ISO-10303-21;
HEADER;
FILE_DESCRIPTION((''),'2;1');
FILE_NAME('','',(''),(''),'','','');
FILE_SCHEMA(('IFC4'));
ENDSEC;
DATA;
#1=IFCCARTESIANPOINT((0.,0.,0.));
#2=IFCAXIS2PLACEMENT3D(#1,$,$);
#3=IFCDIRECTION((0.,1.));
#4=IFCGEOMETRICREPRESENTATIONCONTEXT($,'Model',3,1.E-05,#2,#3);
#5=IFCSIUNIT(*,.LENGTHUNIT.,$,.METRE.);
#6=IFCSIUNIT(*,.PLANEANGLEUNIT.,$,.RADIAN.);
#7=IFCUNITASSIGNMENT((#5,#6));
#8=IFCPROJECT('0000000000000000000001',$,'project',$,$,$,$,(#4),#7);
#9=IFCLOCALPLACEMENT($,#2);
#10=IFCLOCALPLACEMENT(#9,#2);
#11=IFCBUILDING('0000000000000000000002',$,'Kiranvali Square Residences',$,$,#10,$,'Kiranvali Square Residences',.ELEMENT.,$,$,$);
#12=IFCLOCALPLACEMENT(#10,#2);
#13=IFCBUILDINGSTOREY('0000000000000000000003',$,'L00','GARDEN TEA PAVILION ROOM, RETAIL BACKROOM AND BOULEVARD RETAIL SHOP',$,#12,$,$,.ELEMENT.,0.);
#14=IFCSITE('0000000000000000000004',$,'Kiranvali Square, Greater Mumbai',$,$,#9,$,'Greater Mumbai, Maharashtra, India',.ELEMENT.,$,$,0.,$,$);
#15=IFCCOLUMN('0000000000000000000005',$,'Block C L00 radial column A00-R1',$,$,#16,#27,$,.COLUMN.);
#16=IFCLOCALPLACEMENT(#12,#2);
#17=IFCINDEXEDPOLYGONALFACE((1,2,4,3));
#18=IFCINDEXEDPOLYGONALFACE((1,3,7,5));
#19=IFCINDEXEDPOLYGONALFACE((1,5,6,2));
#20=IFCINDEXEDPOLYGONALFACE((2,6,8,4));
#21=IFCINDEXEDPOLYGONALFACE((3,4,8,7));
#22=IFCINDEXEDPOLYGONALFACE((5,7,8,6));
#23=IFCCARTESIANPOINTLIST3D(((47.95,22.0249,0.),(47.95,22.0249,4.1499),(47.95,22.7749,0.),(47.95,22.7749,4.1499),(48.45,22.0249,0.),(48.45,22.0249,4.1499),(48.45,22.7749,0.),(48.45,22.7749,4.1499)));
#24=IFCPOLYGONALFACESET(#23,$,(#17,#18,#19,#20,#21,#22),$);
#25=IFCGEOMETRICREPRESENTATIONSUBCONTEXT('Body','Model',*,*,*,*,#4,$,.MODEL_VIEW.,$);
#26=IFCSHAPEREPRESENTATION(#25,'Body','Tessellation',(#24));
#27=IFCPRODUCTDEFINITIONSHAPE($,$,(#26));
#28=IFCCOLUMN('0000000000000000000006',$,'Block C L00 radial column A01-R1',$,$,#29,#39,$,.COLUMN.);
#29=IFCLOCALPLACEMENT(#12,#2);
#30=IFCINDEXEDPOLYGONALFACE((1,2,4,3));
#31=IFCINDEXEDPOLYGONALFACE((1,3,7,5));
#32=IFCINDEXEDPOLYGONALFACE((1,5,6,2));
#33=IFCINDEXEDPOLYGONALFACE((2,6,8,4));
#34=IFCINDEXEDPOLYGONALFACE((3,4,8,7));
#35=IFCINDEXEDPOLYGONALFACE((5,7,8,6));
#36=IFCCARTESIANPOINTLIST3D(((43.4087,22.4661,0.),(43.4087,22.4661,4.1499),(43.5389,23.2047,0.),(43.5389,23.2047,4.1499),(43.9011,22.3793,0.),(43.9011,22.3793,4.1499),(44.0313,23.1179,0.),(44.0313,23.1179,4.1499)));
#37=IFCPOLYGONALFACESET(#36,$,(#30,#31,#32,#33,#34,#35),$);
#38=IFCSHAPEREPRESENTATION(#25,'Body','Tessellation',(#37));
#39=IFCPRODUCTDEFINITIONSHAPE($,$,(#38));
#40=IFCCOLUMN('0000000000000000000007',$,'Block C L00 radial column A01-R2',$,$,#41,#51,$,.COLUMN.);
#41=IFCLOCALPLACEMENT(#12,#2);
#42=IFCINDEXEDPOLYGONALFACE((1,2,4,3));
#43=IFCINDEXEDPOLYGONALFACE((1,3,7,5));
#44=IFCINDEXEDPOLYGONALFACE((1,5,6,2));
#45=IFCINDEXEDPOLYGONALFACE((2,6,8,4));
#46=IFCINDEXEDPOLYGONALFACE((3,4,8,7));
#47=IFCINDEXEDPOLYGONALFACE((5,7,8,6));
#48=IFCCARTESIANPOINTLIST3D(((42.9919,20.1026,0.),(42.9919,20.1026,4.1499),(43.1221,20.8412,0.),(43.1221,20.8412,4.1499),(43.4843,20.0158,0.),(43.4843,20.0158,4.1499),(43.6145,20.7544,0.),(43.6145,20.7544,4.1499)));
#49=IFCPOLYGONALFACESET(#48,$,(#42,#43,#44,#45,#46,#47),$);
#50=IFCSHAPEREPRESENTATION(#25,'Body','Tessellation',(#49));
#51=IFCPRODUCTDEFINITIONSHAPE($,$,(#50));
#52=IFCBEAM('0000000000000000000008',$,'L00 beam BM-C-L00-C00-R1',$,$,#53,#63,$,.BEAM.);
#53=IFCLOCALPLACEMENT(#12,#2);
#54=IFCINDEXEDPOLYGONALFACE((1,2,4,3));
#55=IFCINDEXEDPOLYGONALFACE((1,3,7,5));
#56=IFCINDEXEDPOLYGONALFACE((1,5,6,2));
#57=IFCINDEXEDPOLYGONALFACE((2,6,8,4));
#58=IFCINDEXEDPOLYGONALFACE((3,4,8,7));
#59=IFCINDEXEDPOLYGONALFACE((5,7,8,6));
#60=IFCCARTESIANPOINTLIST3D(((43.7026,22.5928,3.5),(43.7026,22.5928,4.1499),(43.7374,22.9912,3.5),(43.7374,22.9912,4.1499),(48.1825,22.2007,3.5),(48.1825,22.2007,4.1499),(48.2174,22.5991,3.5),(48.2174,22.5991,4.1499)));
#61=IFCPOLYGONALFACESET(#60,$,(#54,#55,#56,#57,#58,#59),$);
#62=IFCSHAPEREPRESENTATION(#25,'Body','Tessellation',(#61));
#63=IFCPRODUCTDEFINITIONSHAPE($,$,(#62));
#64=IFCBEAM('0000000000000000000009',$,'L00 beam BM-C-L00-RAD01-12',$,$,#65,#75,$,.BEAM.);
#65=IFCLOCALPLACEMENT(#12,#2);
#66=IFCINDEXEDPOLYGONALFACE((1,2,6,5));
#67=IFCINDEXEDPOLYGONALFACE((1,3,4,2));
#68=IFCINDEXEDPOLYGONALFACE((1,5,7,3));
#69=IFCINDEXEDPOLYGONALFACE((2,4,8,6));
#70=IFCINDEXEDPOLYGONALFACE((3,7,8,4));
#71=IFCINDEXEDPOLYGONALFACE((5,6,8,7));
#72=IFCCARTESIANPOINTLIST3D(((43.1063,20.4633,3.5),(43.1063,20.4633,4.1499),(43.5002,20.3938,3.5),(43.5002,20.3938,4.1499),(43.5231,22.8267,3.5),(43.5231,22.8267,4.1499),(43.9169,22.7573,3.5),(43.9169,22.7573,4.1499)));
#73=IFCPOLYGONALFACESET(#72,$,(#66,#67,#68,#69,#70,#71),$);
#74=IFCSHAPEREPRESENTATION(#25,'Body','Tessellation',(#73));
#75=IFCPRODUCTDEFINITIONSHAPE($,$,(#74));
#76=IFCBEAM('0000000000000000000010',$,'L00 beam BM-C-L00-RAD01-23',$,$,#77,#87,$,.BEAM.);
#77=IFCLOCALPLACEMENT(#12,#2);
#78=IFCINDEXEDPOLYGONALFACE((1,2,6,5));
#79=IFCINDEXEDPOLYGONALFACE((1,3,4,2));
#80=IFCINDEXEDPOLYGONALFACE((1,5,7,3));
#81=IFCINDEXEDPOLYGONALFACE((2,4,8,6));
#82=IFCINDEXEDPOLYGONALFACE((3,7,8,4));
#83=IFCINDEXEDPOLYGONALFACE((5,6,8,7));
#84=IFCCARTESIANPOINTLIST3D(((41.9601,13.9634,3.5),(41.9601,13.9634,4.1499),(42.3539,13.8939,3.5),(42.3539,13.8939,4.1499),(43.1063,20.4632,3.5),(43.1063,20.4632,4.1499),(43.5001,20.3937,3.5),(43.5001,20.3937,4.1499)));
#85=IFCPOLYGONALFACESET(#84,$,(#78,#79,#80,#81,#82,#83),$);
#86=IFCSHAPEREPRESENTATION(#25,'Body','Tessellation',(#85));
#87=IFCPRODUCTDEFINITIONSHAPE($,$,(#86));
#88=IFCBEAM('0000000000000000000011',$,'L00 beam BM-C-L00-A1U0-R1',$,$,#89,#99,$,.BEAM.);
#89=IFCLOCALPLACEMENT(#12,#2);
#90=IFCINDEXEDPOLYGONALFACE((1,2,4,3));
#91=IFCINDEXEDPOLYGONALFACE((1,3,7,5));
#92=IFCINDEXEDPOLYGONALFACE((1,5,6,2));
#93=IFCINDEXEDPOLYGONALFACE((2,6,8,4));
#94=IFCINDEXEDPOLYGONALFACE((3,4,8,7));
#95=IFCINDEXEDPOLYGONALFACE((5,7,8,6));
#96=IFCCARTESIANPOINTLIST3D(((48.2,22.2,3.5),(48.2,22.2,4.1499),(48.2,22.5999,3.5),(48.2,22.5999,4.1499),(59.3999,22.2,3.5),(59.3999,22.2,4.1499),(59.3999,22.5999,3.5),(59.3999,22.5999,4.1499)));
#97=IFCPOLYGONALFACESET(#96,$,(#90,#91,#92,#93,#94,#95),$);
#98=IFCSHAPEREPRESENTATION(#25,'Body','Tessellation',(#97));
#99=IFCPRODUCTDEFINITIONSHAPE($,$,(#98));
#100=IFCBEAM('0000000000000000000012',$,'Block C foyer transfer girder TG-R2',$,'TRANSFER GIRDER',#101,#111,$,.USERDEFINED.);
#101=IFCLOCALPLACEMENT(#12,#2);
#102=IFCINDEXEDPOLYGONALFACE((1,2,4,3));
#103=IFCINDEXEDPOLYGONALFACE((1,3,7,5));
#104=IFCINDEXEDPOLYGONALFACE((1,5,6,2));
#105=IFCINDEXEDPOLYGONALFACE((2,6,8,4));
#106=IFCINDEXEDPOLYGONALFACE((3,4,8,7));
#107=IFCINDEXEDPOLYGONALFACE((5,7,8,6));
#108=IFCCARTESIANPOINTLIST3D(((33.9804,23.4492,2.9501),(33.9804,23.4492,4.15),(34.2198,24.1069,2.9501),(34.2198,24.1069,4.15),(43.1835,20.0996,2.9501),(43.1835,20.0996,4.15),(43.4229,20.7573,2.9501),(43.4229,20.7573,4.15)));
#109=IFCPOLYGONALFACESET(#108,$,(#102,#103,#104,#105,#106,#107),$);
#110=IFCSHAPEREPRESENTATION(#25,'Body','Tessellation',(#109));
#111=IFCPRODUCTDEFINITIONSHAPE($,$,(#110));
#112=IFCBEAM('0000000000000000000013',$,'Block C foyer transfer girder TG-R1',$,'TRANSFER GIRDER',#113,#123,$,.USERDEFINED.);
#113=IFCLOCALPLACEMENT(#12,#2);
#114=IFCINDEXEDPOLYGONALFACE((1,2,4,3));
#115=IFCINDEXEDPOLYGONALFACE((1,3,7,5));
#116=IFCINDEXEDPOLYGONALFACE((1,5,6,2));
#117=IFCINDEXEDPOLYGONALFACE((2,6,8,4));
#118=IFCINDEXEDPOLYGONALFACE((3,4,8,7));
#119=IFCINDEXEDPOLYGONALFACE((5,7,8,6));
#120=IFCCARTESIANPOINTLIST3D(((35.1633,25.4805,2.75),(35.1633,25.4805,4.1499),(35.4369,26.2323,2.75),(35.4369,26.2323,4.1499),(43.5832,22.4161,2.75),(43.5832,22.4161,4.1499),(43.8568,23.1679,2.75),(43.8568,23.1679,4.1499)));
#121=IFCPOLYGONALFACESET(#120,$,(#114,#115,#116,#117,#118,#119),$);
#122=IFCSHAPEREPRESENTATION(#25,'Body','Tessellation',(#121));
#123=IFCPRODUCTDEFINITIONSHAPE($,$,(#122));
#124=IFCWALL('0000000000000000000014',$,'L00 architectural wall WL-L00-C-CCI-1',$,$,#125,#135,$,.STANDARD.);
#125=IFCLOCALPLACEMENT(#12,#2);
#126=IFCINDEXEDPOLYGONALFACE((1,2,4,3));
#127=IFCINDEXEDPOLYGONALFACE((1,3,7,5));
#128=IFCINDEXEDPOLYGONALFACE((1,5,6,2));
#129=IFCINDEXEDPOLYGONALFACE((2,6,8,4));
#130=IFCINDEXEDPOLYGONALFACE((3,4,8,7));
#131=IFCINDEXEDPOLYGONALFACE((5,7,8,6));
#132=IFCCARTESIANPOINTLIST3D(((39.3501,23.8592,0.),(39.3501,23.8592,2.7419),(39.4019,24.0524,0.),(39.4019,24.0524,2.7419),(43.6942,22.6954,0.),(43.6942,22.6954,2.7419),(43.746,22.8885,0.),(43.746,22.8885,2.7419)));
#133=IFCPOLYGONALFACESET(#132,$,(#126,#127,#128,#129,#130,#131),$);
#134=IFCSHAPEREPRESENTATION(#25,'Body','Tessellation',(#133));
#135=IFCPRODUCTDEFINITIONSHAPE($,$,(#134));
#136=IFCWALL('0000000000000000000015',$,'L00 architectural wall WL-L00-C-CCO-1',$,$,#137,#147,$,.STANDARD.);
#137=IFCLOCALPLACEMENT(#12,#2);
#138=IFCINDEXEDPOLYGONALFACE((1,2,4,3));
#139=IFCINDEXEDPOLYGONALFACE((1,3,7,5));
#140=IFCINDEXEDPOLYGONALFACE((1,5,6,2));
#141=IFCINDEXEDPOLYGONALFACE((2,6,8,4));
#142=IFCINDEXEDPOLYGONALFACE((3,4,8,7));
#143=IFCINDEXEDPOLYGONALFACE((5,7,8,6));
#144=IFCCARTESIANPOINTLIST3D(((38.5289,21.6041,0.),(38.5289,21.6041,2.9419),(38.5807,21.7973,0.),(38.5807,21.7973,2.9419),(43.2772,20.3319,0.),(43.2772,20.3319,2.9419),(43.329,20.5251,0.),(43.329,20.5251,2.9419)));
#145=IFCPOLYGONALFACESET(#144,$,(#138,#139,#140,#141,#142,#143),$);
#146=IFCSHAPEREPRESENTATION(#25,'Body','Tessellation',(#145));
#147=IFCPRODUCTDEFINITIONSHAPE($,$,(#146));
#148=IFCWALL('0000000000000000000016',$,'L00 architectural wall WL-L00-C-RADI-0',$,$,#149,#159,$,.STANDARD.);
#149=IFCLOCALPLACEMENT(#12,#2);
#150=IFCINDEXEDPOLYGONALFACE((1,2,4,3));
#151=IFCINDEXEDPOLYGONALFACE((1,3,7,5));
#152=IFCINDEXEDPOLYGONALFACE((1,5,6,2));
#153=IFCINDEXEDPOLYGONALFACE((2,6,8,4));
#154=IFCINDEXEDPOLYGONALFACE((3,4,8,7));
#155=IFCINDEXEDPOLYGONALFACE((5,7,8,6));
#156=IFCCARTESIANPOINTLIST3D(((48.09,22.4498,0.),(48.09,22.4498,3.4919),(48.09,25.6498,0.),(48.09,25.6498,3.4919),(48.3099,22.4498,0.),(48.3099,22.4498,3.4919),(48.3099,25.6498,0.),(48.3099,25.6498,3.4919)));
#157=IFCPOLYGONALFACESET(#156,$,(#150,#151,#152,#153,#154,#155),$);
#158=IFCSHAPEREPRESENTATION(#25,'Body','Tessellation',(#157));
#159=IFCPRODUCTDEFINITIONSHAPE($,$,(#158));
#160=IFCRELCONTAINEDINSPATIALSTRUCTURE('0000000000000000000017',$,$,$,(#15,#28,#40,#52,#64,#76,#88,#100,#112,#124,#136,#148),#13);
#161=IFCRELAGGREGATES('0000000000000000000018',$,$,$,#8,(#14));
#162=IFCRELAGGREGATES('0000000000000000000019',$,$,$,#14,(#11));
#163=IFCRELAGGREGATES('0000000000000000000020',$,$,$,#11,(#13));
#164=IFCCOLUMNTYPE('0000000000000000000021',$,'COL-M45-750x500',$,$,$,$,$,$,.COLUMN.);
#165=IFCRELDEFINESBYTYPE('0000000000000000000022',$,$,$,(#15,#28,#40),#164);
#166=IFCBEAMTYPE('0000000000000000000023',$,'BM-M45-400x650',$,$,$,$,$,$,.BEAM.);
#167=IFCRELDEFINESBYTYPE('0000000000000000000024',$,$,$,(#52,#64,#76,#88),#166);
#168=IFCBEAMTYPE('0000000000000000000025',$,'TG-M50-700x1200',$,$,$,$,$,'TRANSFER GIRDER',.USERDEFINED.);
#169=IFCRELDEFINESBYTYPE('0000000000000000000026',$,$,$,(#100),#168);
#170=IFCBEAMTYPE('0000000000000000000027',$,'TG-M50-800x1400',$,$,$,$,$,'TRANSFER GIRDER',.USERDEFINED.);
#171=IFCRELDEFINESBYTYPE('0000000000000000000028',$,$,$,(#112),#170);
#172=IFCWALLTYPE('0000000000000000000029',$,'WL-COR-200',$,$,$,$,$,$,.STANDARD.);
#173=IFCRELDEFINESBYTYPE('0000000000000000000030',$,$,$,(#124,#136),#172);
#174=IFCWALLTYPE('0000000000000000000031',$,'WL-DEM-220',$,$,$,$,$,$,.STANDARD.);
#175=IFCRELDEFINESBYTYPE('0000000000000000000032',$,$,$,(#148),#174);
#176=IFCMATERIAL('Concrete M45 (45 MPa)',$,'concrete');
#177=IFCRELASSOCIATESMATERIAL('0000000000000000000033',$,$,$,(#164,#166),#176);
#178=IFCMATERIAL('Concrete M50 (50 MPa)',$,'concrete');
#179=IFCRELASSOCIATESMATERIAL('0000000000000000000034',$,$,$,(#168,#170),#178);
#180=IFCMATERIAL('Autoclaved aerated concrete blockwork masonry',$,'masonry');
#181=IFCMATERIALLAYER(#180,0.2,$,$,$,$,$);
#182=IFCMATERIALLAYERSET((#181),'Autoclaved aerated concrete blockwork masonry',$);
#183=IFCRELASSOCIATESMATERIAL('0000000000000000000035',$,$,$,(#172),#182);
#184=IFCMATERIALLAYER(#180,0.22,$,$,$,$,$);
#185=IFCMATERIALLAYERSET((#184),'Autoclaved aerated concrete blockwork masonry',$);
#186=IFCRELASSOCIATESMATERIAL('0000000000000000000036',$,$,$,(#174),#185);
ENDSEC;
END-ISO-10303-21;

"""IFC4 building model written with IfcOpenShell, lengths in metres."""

from ifc_helpers import new_model, si_unit, direction, frame, frame_2d, origin, origin_2d, place, context, subcontext, project, spatial, rectangle, extrude, material, layer, layer_set, material_profile, profile_set, type_object, element, save


model = new_model("IFC4")

# Units and contexts
model_context = context("Model", 3, precision=1e-05, world=origin(), true_north=direction((0.0, 1.0)))
body_context = subcontext(model_context, "Body", "Model", "MODEL_VIEW")
ifc_project = project(units=[si_unit("LENGTHUNIT", "METRE"), si_unit("PLANEANGLEUNIT", "RADIAN")], contexts=[model_context])

# Site, building, storey
site_placement = place(None, origin())
site = spatial("IfcSite", under=ifc_project, at=site_placement, Name="Kiranvali Square, Greater Mumbai", LongName="Greater Mumbai, Maharashtra, India", CompositionType="ELEMENT", RefElevation=0.0)
building_placement = place(site_placement, origin())
building = spatial("IfcBuilding", under=site, at=building_placement, Name="Kiranvali Square Residences", LongName="Kiranvali Square Residences", CompositionType="ELEMENT")
storey_placement = place(building_placement, origin())
storey = spatial("IfcBuildingStorey", under=building, at=storey_placement, Name="L00", Description="GARDEN TEA PAVILION ROOM, RETAIL BACKROOM AND BOULEVARD RETAIL SHOP", CompositionType="ELEMENT", Elevation=0.0)

# Columns
ifc_material_1 = material(Name="Concrete M45 (45 MPa)", Category="concrete")
ifc_material_profile_1 = material_profile(ifc_material_1, rectangle(XDim=0.5, YDim=0.75, at=origin_2d()), Name="RC 750x500")
ifc_profile_set_1 = profile_set([ifc_material_profile_1], Name="Concrete M45 (45 MPa)")
column_type = type_object("IfcColumnType", Name="COL-M45-750x500", PredefinedType="COLUMN", material=ifc_profile_set_1)
for number, where, z_axis, x_axis, name in (
    (1, (48.2, 22.3999, 0.0), (0.0, 0.0, 1.0), (1.0, 0.0, 0.0), "Block C L00 radial column A00-R1"),
    (2, (43.72, 22.792, 0.0), (0.0, 0.0, 1.0), (-0.984808, 0.173648, 0.0), "Block C L00 radial column A01-R1"),
    (3, (43.3032, 20.4285, 0.0), (0.0, 0.0, 1.0), (-0.984808, 0.173648, 0.0), "Block C L00 radial column A01-R2"),
):
    element("IfcColumn", number, at=place(storey_placement, frame(where, z_axis=z_axis, x_axis=x_axis)), inside=storey, type_object=column_type, Name=name, PredefinedType="COLUMN", context=body_context, shape_type="SweptSolid", body=[
        extrude(rectangle(XDim=0.5, YDim=0.75, at=origin_2d()), origin(), (0.0, 0.0, 1.0), 4.1499),
    ])

# Beams
ifc_material_profile_2 = material_profile(ifc_material_1, rectangle(XDim=0.3999, YDim=0.6499, at=origin_2d()), Name="RC 400x650")
ifc_profile_set_2 = profile_set([ifc_material_profile_2], Name="Concrete M45 (45 MPa)")
beam_type_1 = type_object("IfcBeamType", Name="BM-M45-400x650", PredefinedType="BEAM", material=ifc_profile_set_2)
beam_1_placement = place(storey_placement, frame((48.2, 22.3999, 3.825), z_axis=(-0.996192, 0.087187, 0.0), x_axis=(-0.087187, -0.996192, 0.0)))
element("IfcBeam", 4, at=beam_1_placement, inside=storey, type_object=beam_type_1, Name="L00 beam BM-C-L00-C00-R1", PredefinedType="BEAM", context=body_context, shape_type="SweptSolid", body=[
    extrude(rectangle(XDim=0.3999, YDim=0.6499, at=origin_2d()), origin(), (0.0, 0.0, 1.0), 4.4971),
])
beam_2_placement = place(storey_placement, frame((43.72, 22.792, 3.825), z_axis=(-0.173646, -0.984808, 0.0), x_axis=(0.984808, -0.173646, 0.0)))
element("IfcBeam", 5, at=beam_2_placement, inside=storey, type_object=beam_type_1, Name="L00 beam BM-C-L00-RAD01-12", PredefinedType="BEAM", context=body_context, shape_type="SweptSolid", body=[
    extrude(rectangle(XDim=0.3999, YDim=0.6499, at=origin_2d()), origin(), (0.0, 0.0, 1.0), 2.3999),
])
beam_3_placement = place(storey_placement, frame((43.3032, 20.4285, 3.825), z_axis=(-0.173671, -0.984804, 0.0), x_axis=(0.984804, -0.173671, 0.0)))
element("IfcBeam", 6, at=beam_3_placement, inside=storey, type_object=beam_type_1, Name="L00 beam BM-C-L00-RAD01-23", PredefinedType="BEAM", context=body_context, shape_type="SweptSolid", body=[
    extrude(rectangle(XDim=0.3999, YDim=0.6499, at=origin_2d()), origin(), (0.0, 0.0, 1.0), 6.6001),
])
beam_4_placement = place(storey_placement, frame((48.2, 22.3999, 3.825), z_axis=(1.0, 0.0, 0.0), x_axis=(0.0, 1.0, 0.0)))
element("IfcBeam", 7, at=beam_4_placement, inside=storey, type_object=beam_type_1, Name="L00 beam BM-C-L00-A1U0-R1", PredefinedType="BEAM", context=body_context, shape_type="SweptSolid", body=[
    extrude(rectangle(XDim=0.3999, YDim=0.6499, at=origin_2d()), origin(), (0.0, 0.0, 1.0), 11.2),
])
ifc_material_2 = material(Name="Concrete M50 (50 MPa)", Category="concrete")
ifc_material_profile_3 = material_profile(ifc_material_2, rectangle(XDim=0.7, YDim=1.2, at=origin_2d()), Name="RC 700x1200")
ifc_profile_set_3 = profile_set([ifc_material_profile_3], Name="Concrete M50 (50 MPa)")
beam_type_2 = type_object("IfcBeamType", Name="TG-M50-700x1200", ElementType="TRANSFER GIRDER", PredefinedType="USERDEFINED", material=ifc_profile_set_3)
beam_5_placement = place(storey_placement, frame((43.3032, 20.4285, 3.55), z_axis=(-0.939694, 0.342015, 0.0), x_axis=(-0.342015, -0.939694, 0.0)))
element("IfcBeam", 8, at=beam_5_placement, inside=storey, type_object=beam_type_2, Name="Block C foyer transfer girder TG-R2", ObjectType="TRANSFER GIRDER", PredefinedType="USERDEFINED", context=body_context, shape_type="SweptSolid", body=[
    extrude(rectangle(XDim=0.7, YDim=1.2, at=origin_2d()), origin(), (0.0, 0.0, 1.0), 9.7937),
])
ifc_material_profile_4 = material_profile(ifc_material_2, rectangle(XDim=0.8, YDim=1.3999, at=origin_2d()), Name="RC 800x1400")
ifc_profile_set_4 = profile_set([ifc_material_profile_4], Name="Concrete M50 (50 MPa)")
beam_type_3 = type_object("IfcBeamType", Name="TG-M50-800x1400", ElementType="TRANSFER GIRDER", PredefinedType="USERDEFINED", material=ifc_profile_set_4)
beam_6_placement = place(storey_placement, frame((43.72, 22.792, 3.45), z_axis=(-0.939698, 0.342006, 0.0), x_axis=(-0.342006, -0.939698, 0.0)))
element("IfcBeam", 9, at=beam_6_placement, inside=storey, type_object=beam_type_3, Name="Block C foyer transfer girder TG-R1", ObjectType="TRANSFER GIRDER", PredefinedType="USERDEFINED", context=body_context, shape_type="SweptSolid", body=[
    extrude(rectangle(XDim=0.8, YDim=1.3999, at=origin_2d()), origin(), (0.0, 0.0, 1.0), 8.9602),
])

# Shared definitions
ifc_material_3 = material(Name="Autoclaved aerated concrete blockwork masonry", Category="masonry")
ifc_layer_1 = layer(ifc_material_3, 0.2)
ifc_layer_set_1 = layer_set([ifc_layer_1], Name="Autoclaved aerated concrete blockwork masonry")
wall_type_1 = type_object("IfcWallType", Name="WL-COR-200", PredefinedType="STANDARD", material=ifc_layer_set_1)

# Walls
wall_1_placement = place(storey_placement, frame((43.72, 22.792, 0.0), z_axis=(0.0, 0.0, 1.0), x_axis=(-0.965934, 0.258788, 0.0)))
element("IfcWall", 10, at=wall_1_placement, inside=storey, type_object=wall_type_1, Name="L00 architectural wall WL-L00-C-CCI-1", PredefinedType="STANDARD", context=body_context, shape_type="SweptSolid", body=[
    extrude(rectangle(XDim=4.4973, YDim=0.2, at=frame_2d((2.2485, 0.0))), origin(), (0.0, 0.0, 1.0), 2.7419),
])
wall_2_placement = place(storey_placement, frame((43.3032, 20.4285, 0.0), z_axis=(0.0, 0.0, 1.0), x_axis=(-0.96593, 0.258803, 0.0)))
element("IfcWall", 11, at=wall_2_placement, inside=storey, type_object=wall_type_1, Name="L00 architectural wall WL-L00-C-CCO-1", PredefinedType="STANDARD", context=body_context, shape_type="SweptSolid", body=[
    extrude(rectangle(XDim=4.9158, YDim=0.2, at=frame_2d((2.458, 0.0))), origin(), (0.0, 0.0, 1.0), 2.9419),
])
ifc_layer_2 = layer(ifc_material_3, 0.22)
ifc_layer_set_2 = layer_set([ifc_layer_2], Name="Autoclaved aerated concrete blockwork masonry")
wall_type_2 = type_object("IfcWallType", Name="WL-DEM-220", PredefinedType="STANDARD", material=ifc_layer_set_2)
wall_3_placement = place(storey_placement, frame((48.2, 25.6499, 0.0), z_axis=(0.0, 0.0, 1.0), x_axis=(0.0, -1.0, 0.0)))
element("IfcWall", 12, at=wall_3_placement, inside=storey, type_object=wall_type_2, Name="L00 architectural wall WL-L00-C-RADI-0", PredefinedType="STANDARD", context=body_context, shape_type="SweptSolid", body=[
    extrude(rectangle(XDim=3.2, YDim=0.22, at=frame_2d((1.6001, 0.0))), origin(), (0.0, 0.0, 1.0), 3.4919),
])

save(model, "model.ifc")
